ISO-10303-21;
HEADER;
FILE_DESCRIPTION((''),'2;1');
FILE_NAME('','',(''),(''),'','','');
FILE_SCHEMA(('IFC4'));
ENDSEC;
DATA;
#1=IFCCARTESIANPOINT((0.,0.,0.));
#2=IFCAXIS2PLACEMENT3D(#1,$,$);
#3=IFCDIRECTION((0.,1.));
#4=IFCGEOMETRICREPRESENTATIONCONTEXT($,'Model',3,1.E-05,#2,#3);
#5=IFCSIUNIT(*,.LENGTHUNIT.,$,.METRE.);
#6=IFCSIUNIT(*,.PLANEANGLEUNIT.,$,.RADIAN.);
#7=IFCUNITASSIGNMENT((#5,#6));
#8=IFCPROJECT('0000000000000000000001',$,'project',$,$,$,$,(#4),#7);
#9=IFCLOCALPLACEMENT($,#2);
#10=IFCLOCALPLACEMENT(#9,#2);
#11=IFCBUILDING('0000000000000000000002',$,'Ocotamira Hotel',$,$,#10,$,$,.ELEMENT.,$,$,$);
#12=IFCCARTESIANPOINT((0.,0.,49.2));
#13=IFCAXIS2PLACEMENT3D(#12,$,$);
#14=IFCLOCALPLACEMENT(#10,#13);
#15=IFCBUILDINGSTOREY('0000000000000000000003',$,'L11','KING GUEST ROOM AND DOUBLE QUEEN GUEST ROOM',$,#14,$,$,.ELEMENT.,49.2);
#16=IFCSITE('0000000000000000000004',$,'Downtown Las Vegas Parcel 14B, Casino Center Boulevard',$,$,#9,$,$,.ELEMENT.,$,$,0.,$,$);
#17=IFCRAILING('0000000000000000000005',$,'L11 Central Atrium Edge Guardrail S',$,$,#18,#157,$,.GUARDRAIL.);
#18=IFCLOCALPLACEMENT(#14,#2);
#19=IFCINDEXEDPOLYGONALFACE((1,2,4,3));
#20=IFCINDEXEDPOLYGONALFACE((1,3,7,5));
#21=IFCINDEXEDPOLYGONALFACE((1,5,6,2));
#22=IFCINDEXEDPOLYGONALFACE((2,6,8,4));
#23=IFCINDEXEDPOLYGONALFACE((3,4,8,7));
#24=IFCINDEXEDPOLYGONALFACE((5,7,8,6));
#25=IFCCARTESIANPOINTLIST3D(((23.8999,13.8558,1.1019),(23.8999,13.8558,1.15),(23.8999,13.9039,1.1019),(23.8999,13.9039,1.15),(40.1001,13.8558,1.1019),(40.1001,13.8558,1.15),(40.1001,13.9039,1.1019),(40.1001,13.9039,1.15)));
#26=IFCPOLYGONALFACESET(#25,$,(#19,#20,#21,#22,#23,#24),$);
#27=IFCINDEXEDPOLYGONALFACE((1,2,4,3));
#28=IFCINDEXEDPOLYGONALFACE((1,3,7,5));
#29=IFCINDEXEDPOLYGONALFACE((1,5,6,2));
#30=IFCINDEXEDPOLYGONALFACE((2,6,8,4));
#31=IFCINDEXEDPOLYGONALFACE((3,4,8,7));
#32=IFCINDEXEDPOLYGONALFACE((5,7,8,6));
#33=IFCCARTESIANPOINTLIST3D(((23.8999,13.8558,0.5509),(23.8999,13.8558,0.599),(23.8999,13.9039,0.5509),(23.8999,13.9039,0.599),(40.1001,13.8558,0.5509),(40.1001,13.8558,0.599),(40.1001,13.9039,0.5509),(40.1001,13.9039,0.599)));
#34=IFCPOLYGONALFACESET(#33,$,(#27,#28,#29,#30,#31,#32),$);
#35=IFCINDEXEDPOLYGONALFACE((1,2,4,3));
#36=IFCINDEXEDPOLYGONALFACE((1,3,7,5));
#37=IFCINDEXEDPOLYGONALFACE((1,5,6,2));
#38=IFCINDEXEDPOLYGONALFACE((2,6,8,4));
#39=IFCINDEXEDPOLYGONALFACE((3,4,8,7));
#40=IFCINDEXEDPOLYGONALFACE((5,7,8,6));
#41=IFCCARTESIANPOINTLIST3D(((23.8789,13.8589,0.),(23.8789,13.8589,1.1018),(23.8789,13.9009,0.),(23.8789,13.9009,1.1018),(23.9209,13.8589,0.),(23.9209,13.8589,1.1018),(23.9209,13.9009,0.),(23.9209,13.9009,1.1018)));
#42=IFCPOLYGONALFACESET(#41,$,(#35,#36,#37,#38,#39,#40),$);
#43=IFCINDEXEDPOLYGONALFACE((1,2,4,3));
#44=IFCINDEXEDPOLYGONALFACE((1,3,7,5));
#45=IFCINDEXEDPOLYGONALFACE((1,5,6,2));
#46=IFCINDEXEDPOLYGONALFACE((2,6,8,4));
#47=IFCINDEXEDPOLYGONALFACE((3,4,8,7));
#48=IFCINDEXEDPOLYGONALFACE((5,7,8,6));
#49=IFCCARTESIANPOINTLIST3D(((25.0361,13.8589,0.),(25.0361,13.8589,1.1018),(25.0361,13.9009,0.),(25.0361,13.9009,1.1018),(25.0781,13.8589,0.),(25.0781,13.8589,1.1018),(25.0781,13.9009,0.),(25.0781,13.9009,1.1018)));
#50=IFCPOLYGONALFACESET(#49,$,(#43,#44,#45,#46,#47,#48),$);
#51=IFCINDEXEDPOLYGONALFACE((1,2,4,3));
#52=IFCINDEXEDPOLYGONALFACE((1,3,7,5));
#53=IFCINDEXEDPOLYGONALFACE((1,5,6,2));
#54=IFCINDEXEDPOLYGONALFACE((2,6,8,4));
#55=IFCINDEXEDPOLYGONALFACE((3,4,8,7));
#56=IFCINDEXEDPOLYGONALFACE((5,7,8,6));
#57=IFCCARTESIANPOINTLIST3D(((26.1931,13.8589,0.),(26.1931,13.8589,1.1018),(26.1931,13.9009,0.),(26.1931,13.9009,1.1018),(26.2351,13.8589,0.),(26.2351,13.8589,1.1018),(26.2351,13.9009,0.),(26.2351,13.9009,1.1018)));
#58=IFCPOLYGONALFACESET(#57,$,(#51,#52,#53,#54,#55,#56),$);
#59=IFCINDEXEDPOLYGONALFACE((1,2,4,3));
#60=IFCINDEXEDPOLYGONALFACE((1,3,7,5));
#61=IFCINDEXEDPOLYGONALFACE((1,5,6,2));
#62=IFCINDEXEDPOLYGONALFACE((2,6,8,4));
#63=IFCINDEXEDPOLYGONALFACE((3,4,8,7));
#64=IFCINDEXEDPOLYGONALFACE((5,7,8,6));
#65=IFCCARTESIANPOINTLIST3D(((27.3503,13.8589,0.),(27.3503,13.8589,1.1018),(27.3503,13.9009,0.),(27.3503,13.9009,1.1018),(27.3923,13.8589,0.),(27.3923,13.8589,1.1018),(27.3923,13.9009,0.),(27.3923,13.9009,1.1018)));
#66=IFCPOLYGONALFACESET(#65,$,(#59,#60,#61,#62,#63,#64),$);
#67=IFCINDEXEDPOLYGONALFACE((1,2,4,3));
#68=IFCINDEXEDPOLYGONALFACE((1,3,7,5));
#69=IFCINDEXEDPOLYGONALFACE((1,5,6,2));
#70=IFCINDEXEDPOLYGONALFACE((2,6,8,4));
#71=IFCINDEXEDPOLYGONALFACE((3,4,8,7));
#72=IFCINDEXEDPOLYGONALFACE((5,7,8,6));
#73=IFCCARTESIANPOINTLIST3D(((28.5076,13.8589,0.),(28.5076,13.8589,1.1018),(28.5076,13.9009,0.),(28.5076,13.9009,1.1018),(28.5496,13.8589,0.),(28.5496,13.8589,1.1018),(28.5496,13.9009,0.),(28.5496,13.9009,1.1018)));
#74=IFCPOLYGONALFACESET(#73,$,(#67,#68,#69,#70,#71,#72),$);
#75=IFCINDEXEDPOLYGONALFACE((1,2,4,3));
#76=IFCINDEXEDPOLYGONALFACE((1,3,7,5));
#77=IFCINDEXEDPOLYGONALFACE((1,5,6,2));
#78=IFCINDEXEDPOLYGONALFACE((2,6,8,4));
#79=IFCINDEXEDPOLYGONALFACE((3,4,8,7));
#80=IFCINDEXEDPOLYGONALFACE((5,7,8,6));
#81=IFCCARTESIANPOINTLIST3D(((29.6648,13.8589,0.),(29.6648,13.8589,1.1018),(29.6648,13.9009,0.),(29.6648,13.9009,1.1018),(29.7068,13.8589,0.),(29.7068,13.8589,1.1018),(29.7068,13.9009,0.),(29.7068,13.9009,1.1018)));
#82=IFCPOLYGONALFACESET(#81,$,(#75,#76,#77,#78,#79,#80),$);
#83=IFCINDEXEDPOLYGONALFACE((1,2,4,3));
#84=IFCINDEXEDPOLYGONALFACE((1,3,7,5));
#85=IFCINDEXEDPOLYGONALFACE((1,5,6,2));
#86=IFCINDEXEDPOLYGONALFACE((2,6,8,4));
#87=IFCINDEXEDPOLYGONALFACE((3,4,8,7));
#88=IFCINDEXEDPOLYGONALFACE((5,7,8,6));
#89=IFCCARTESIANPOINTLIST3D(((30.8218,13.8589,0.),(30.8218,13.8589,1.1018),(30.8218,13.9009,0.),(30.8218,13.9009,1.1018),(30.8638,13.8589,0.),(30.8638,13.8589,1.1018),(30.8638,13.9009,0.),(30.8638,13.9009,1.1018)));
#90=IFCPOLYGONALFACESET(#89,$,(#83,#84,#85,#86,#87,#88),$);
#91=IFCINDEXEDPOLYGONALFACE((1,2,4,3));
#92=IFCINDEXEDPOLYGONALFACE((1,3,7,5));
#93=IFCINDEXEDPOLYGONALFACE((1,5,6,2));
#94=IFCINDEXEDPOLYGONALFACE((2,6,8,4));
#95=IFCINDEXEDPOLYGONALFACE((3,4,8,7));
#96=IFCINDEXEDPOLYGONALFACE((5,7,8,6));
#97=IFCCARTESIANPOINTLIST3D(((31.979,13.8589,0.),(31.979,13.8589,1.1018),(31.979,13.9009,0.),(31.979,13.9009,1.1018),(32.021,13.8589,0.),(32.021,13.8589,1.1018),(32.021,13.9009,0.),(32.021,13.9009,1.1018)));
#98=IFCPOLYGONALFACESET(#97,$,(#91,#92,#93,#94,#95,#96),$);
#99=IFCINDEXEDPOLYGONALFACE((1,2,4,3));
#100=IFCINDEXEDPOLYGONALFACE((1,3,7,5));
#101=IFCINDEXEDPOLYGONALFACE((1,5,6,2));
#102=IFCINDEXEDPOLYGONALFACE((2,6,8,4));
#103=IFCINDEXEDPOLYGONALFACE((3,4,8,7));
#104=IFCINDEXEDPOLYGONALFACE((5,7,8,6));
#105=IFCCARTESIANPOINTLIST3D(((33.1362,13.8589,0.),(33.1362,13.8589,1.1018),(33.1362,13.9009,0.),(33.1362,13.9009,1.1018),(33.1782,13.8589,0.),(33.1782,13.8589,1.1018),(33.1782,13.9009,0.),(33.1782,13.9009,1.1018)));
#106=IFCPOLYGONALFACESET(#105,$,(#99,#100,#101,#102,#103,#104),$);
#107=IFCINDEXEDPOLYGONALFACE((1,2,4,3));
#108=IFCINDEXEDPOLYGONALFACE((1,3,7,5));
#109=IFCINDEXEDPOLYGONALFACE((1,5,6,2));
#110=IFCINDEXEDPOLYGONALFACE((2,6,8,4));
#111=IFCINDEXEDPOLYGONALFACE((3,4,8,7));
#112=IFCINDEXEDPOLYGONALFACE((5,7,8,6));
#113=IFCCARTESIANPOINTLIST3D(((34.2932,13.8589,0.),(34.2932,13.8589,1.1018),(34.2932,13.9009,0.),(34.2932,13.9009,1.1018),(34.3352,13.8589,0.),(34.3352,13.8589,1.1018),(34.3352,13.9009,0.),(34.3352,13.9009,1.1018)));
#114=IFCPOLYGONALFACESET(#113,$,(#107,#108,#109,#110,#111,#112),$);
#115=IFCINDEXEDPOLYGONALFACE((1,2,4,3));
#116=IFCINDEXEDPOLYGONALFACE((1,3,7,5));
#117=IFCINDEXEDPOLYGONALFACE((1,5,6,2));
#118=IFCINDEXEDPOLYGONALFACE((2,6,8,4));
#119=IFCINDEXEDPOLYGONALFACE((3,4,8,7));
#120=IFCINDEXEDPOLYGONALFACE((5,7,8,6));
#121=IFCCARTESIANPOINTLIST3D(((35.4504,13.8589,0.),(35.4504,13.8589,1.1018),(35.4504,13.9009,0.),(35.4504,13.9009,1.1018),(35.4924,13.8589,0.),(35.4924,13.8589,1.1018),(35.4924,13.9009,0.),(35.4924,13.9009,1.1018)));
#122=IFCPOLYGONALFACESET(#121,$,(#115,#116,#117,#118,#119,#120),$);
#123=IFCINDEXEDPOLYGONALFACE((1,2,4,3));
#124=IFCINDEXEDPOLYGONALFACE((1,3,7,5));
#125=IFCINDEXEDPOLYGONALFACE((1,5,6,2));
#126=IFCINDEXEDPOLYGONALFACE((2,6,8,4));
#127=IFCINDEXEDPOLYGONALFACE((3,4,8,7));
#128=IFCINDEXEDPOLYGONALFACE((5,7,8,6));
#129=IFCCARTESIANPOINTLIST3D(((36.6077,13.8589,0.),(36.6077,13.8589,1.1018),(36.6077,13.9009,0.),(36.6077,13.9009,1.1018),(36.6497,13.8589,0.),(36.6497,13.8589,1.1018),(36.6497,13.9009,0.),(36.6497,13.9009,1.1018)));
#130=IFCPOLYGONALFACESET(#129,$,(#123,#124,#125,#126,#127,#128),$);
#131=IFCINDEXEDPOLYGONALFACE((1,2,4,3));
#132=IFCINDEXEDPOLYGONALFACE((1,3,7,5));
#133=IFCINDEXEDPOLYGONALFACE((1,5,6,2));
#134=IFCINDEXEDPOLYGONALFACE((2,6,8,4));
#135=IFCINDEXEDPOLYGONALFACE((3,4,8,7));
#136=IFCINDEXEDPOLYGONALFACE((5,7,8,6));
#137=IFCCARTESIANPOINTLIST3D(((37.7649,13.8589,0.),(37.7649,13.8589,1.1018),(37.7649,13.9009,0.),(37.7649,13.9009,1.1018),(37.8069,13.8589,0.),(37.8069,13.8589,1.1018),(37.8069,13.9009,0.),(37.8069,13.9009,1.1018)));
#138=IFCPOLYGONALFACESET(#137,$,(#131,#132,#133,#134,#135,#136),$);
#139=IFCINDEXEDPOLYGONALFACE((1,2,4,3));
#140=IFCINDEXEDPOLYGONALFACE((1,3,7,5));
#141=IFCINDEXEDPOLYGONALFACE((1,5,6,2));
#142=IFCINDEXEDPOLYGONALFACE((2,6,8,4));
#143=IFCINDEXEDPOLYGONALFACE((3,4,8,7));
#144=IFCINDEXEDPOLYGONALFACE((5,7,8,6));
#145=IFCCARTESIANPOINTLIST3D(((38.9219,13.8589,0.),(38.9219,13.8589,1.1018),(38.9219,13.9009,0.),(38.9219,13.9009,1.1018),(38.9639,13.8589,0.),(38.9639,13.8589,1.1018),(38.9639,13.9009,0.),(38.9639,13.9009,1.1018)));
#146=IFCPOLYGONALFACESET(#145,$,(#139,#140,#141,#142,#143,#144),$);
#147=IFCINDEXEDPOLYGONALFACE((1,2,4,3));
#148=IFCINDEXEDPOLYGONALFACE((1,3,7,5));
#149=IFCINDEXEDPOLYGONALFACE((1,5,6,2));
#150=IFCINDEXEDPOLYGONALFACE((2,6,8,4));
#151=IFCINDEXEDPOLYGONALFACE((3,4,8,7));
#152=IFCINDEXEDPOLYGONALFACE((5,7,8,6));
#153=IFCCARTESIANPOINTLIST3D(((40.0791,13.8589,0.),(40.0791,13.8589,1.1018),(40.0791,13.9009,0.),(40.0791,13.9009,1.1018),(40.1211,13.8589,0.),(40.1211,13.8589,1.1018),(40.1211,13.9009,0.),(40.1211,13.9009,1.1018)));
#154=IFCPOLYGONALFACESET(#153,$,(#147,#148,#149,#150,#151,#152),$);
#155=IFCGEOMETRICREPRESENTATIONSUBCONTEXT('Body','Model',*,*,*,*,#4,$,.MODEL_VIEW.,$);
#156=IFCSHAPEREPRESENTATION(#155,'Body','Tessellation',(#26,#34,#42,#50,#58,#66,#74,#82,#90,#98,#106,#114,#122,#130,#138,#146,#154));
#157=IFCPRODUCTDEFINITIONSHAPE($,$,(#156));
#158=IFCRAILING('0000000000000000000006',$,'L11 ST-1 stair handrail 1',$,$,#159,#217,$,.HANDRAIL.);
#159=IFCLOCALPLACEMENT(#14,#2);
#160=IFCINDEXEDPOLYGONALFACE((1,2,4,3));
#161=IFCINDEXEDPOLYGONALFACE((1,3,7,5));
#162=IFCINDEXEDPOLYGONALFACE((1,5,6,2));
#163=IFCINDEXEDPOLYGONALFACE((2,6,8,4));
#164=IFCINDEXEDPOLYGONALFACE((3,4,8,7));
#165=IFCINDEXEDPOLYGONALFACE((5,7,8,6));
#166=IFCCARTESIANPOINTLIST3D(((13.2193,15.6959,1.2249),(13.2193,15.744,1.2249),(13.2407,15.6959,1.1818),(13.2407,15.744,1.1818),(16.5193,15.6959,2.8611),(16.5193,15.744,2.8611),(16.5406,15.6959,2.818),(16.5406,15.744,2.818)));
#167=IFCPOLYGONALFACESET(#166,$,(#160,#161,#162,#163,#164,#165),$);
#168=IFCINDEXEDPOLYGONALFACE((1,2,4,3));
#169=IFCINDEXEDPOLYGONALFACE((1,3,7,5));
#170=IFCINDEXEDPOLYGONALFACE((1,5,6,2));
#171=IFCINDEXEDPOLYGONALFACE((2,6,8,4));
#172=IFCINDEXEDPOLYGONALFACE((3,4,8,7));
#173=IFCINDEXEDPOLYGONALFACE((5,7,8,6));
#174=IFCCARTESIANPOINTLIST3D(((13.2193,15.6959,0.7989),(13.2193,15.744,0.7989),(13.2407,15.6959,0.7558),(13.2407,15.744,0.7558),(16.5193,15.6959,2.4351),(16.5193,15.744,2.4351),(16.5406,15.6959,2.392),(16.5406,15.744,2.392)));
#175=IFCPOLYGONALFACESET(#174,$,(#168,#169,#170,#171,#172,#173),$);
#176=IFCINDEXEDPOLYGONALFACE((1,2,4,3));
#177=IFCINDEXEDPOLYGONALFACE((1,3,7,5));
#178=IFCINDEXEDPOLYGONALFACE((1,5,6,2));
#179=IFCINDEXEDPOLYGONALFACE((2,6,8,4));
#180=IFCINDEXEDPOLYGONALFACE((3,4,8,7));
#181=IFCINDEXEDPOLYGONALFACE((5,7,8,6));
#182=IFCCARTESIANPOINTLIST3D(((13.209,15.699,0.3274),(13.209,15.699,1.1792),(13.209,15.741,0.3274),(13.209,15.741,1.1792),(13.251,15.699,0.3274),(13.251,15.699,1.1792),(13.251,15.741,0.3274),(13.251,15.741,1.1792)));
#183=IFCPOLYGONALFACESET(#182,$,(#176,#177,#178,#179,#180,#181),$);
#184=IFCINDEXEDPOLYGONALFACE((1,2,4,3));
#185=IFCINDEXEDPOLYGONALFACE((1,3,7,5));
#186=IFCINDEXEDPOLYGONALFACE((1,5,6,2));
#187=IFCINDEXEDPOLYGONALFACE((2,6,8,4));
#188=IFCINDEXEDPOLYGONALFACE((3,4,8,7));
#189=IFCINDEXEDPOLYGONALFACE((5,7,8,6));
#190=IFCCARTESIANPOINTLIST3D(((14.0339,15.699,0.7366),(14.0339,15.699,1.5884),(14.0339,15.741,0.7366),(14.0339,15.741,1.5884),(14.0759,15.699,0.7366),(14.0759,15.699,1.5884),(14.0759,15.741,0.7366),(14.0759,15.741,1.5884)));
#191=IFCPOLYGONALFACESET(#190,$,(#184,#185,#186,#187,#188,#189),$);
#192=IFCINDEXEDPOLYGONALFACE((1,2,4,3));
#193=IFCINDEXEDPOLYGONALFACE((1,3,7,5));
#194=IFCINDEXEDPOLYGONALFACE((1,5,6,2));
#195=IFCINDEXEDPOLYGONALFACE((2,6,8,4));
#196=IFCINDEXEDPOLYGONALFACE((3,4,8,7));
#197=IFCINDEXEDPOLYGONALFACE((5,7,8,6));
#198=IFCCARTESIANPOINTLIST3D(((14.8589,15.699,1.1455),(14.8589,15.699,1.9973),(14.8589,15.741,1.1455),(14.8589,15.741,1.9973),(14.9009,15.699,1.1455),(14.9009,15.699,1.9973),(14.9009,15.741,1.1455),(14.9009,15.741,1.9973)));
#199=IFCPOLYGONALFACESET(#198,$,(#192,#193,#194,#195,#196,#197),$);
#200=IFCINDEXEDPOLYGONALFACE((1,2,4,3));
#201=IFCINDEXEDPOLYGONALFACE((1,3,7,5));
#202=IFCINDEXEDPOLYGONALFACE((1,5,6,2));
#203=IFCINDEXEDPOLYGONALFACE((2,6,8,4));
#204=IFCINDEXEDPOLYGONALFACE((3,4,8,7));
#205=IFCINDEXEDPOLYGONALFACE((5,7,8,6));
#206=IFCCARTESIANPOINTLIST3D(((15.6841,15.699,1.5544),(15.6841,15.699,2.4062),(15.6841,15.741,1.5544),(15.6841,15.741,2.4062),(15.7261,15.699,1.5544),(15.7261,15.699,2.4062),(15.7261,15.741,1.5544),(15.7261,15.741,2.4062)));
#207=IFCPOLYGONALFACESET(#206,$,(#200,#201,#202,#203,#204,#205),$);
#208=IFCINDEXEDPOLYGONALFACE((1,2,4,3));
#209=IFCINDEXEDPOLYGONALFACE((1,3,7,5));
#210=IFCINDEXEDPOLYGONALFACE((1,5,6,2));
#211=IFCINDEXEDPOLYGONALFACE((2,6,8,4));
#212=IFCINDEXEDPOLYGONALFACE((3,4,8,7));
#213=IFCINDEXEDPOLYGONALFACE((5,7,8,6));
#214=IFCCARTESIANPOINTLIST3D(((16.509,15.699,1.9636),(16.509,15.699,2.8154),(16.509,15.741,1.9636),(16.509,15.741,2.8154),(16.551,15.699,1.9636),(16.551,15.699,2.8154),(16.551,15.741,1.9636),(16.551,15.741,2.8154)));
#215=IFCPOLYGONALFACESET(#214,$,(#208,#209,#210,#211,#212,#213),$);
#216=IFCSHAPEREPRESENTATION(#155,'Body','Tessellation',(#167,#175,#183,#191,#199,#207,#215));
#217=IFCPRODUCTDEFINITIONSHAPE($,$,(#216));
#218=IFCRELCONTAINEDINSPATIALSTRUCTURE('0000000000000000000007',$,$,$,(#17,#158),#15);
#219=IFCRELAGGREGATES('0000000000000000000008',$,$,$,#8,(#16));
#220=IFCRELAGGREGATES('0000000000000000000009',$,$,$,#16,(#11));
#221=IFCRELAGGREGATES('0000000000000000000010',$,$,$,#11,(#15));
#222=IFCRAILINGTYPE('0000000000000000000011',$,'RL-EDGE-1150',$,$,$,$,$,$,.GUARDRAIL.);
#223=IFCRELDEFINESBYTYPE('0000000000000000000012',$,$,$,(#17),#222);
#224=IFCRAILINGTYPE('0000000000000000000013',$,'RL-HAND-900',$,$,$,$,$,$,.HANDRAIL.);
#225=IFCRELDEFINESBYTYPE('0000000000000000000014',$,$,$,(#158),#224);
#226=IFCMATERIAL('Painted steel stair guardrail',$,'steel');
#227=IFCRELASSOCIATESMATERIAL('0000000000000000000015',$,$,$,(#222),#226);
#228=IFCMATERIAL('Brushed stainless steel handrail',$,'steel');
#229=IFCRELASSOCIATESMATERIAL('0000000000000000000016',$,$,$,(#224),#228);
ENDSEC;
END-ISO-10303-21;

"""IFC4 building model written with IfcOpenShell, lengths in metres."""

from ifc_helpers import new_model, si_unit, direction, frame, origin, origin_2d, place, context, subcontext, project, spatial, rectangle, extrude, material, type_object, element, save


model = new_model("IFC4")

# Units and contexts
model_context = context("Model", 3, precision=1e-05, world=origin(), true_north=direction((0.0, 1.0)))
body_context = subcontext(model_context, "Body", "Model", "MODEL_VIEW")
ifc_project = project(units=[si_unit("LENGTHUNIT", "METRE"), si_unit("PLANEANGLEUNIT", "RADIAN")], contexts=[model_context])

# Site, building, storey
site_placement = place(None, origin())
site = spatial("IfcSite", under=ifc_project, at=site_placement, Name="Downtown Las Vegas Parcel 14B, Casino Center Boulevard", CompositionType="ELEMENT", RefElevation=0.0)
building_placement = place(site_placement, origin())
building = spatial("IfcBuilding", under=site, at=building_placement, Name="Ocotamira Hotel", CompositionType="ELEMENT")
storey_placement = place(building_placement, frame((0.0, 0.0, 49.2)))
storey = spatial("IfcBuildingStorey", under=building, at=storey_placement, Name="L11", Description="KING GUEST ROOM AND DOUBLE QUEEN GUEST ROOM", CompositionType="ELEMENT", Elevation=49.2)

# Railings
ifc_material_1 = material(Name="Painted steel stair guardrail", Category="steel")
railing_type_1 = type_object("IfcRailingType", Name="RL-EDGE-1150", PredefinedType="GUARDRAIL", material=ifc_material_1)
railing_1_placement = place(storey_placement, frame((23.8999, 13.8799, 0.0)))
element("IfcRailing", 1, at=railing_1_placement, inside=storey, type_object=railing_type_1, Name="L11 Central Atrium Edge Guardrail S", PredefinedType="GUARDRAIL", context=body_context, shape_type="SweptSolid", body=[
    extrude(rectangle(XDim=0.0481, YDim=0.0481, at=origin_2d()), frame((0.0, 0.0, 1.126), z_axis=(1.0, 0.0, 0.0), x_axis=(0.0, 1.0, 0.0)), (0.0, 0.0, 1.0), 16.2002),
    extrude(rectangle(XDim=0.0481, YDim=0.0481, at=origin_2d()), frame((0.0, 0.0, 0.575), z_axis=(1.0, 0.0, 0.0), x_axis=(0.0, 1.0, 0.0)), (0.0, 0.0, 1.0), 16.2002),
    extrude(rectangle(XDim=0.042, YDim=0.042, at=origin_2d()), origin(), (0.0, 0.0, 1.0), 1.1018),
    extrude(rectangle(XDim=0.042, YDim=0.042, at=origin_2d()), frame((1.1572, 0.0, 0.0)), (0.0, 0.0, 1.0), 1.1018),
    extrude(rectangle(XDim=0.042, YDim=0.042, at=origin_2d()), frame((2.3142, 0.0, 0.0)), (0.0, 0.0, 1.0), 1.1018),
    extrude(rectangle(XDim=0.042, YDim=0.042, at=origin_2d()), frame((3.4714, 0.0, 0.0)), (0.0, 0.0, 1.0), 1.1018),
    extrude(rectangle(XDim=0.042, YDim=0.042, at=origin_2d()), frame((4.6287, 0.0, 0.0)), (0.0, 0.0, 1.0), 1.1018),
    extrude(rectangle(XDim=0.042, YDim=0.042, at=origin_2d()), frame((5.7859, 0.0, 0.0)), (0.0, 0.0, 1.0), 1.1018),
    extrude(rectangle(XDim=0.042, YDim=0.042, at=origin_2d()), frame((6.9429, 0.0, 0.0)), (0.0, 0.0, 1.0), 1.1018),
    extrude(rectangle(XDim=0.042, YDim=0.042, at=origin_2d()), frame((8.1001, 0.0, 0.0)), (0.0, 0.0, 1.0), 1.1018),
    extrude(rectangle(XDim=0.042, YDim=0.042, at=origin_2d()), frame((9.2573, 0.0, 0.0)), (0.0, 0.0, 1.0), 1.1018),
    extrude(rectangle(XDim=0.042, YDim=0.042, at=origin_2d()), frame((10.4143, 0.0, 0.0)), (0.0, 0.0, 1.0), 1.1018),
    extrude(rectangle(XDim=0.042, YDim=0.042, at=origin_2d()), frame((11.5715, 0.0, 0.0)), (0.0, 0.0, 1.0), 1.1018),
    extrude(rectangle(XDim=0.042, YDim=0.042, at=origin_2d()), frame((12.7288, 0.0, 0.0)), (0.0, 0.0, 1.0), 1.1018),
    extrude(rectangle(XDim=0.042, YDim=0.042, at=origin_2d()), frame((13.886, 0.0, 0.0)), (0.0, 0.0, 1.0), 1.1018),
    extrude(rectangle(XDim=0.042, YDim=0.042, at=origin_2d()), frame((15.043, 0.0, 0.0)), (0.0, 0.0, 1.0), 1.1018),
    extrude(rectangle(XDim=0.042, YDim=0.042, at=origin_2d()), frame((16.2002, 0.0, 0.0)), (0.0, 0.0, 1.0), 1.1018),
])
ifc_material_2 = material(Name="Brushed stainless steel handrail", Category="steel")
railing_type_2 = type_object("IfcRailingType", Name="RL-HAND-900", PredefinedType="HANDRAIL", material=ifc_material_2)
railing_2_placement = place(storey_placement, frame((13.23, 15.72, 0.3274)))
element("IfcRailing", 2, at=railing_2_placement, inside=storey, type_object=railing_type_2, Name="L11 ST-1 stair handrail 1", PredefinedType="HANDRAIL", context=body_context, shape_type="SweptSolid", body=[
    extrude(rectangle(XDim=0.0481, YDim=0.0481, at=origin_2d()), frame((0.0, 0.0, 0.876), z_axis=(0.89592, 0.0, 0.444215), x_axis=(0.0, 1.0, 0.0)), (0.0, 0.0, 1.0), 3.6833),
    extrude(rectangle(XDim=0.0481, YDim=0.0481, at=origin_2d()), frame((0.0, 0.0, 0.45), z_axis=(0.89592, 0.0, 0.444215), x_axis=(0.0, 1.0, 0.0)), (0.0, 0.0, 1.0), 3.6833),
    extrude(rectangle(XDim=0.042, YDim=0.042, at=origin_2d()), origin(), (0.0, 0.0, 1.0), 0.8518),
    extrude(rectangle(XDim=0.042, YDim=0.042, at=origin_2d()), frame((0.825, 0.0, 0.4092)), (0.0, 0.0, 1.0), 0.8518),
    extrude(rectangle(XDim=0.042, YDim=0.042, at=origin_2d()), frame((1.6499, 0.0, 0.8181)), (0.0, 0.0, 1.0), 0.8518),
    extrude(rectangle(XDim=0.042, YDim=0.042, at=origin_2d()), frame((2.4751, 0.0, 1.2271)), (0.0, 0.0, 1.0), 0.8518),
    extrude(rectangle(XDim=0.042, YDim=0.042, at=origin_2d()), frame((3.3, 0.0, 1.6362)), (0.0, 0.0, 1.0), 0.8518),
])

save(model, "model.ifc")
